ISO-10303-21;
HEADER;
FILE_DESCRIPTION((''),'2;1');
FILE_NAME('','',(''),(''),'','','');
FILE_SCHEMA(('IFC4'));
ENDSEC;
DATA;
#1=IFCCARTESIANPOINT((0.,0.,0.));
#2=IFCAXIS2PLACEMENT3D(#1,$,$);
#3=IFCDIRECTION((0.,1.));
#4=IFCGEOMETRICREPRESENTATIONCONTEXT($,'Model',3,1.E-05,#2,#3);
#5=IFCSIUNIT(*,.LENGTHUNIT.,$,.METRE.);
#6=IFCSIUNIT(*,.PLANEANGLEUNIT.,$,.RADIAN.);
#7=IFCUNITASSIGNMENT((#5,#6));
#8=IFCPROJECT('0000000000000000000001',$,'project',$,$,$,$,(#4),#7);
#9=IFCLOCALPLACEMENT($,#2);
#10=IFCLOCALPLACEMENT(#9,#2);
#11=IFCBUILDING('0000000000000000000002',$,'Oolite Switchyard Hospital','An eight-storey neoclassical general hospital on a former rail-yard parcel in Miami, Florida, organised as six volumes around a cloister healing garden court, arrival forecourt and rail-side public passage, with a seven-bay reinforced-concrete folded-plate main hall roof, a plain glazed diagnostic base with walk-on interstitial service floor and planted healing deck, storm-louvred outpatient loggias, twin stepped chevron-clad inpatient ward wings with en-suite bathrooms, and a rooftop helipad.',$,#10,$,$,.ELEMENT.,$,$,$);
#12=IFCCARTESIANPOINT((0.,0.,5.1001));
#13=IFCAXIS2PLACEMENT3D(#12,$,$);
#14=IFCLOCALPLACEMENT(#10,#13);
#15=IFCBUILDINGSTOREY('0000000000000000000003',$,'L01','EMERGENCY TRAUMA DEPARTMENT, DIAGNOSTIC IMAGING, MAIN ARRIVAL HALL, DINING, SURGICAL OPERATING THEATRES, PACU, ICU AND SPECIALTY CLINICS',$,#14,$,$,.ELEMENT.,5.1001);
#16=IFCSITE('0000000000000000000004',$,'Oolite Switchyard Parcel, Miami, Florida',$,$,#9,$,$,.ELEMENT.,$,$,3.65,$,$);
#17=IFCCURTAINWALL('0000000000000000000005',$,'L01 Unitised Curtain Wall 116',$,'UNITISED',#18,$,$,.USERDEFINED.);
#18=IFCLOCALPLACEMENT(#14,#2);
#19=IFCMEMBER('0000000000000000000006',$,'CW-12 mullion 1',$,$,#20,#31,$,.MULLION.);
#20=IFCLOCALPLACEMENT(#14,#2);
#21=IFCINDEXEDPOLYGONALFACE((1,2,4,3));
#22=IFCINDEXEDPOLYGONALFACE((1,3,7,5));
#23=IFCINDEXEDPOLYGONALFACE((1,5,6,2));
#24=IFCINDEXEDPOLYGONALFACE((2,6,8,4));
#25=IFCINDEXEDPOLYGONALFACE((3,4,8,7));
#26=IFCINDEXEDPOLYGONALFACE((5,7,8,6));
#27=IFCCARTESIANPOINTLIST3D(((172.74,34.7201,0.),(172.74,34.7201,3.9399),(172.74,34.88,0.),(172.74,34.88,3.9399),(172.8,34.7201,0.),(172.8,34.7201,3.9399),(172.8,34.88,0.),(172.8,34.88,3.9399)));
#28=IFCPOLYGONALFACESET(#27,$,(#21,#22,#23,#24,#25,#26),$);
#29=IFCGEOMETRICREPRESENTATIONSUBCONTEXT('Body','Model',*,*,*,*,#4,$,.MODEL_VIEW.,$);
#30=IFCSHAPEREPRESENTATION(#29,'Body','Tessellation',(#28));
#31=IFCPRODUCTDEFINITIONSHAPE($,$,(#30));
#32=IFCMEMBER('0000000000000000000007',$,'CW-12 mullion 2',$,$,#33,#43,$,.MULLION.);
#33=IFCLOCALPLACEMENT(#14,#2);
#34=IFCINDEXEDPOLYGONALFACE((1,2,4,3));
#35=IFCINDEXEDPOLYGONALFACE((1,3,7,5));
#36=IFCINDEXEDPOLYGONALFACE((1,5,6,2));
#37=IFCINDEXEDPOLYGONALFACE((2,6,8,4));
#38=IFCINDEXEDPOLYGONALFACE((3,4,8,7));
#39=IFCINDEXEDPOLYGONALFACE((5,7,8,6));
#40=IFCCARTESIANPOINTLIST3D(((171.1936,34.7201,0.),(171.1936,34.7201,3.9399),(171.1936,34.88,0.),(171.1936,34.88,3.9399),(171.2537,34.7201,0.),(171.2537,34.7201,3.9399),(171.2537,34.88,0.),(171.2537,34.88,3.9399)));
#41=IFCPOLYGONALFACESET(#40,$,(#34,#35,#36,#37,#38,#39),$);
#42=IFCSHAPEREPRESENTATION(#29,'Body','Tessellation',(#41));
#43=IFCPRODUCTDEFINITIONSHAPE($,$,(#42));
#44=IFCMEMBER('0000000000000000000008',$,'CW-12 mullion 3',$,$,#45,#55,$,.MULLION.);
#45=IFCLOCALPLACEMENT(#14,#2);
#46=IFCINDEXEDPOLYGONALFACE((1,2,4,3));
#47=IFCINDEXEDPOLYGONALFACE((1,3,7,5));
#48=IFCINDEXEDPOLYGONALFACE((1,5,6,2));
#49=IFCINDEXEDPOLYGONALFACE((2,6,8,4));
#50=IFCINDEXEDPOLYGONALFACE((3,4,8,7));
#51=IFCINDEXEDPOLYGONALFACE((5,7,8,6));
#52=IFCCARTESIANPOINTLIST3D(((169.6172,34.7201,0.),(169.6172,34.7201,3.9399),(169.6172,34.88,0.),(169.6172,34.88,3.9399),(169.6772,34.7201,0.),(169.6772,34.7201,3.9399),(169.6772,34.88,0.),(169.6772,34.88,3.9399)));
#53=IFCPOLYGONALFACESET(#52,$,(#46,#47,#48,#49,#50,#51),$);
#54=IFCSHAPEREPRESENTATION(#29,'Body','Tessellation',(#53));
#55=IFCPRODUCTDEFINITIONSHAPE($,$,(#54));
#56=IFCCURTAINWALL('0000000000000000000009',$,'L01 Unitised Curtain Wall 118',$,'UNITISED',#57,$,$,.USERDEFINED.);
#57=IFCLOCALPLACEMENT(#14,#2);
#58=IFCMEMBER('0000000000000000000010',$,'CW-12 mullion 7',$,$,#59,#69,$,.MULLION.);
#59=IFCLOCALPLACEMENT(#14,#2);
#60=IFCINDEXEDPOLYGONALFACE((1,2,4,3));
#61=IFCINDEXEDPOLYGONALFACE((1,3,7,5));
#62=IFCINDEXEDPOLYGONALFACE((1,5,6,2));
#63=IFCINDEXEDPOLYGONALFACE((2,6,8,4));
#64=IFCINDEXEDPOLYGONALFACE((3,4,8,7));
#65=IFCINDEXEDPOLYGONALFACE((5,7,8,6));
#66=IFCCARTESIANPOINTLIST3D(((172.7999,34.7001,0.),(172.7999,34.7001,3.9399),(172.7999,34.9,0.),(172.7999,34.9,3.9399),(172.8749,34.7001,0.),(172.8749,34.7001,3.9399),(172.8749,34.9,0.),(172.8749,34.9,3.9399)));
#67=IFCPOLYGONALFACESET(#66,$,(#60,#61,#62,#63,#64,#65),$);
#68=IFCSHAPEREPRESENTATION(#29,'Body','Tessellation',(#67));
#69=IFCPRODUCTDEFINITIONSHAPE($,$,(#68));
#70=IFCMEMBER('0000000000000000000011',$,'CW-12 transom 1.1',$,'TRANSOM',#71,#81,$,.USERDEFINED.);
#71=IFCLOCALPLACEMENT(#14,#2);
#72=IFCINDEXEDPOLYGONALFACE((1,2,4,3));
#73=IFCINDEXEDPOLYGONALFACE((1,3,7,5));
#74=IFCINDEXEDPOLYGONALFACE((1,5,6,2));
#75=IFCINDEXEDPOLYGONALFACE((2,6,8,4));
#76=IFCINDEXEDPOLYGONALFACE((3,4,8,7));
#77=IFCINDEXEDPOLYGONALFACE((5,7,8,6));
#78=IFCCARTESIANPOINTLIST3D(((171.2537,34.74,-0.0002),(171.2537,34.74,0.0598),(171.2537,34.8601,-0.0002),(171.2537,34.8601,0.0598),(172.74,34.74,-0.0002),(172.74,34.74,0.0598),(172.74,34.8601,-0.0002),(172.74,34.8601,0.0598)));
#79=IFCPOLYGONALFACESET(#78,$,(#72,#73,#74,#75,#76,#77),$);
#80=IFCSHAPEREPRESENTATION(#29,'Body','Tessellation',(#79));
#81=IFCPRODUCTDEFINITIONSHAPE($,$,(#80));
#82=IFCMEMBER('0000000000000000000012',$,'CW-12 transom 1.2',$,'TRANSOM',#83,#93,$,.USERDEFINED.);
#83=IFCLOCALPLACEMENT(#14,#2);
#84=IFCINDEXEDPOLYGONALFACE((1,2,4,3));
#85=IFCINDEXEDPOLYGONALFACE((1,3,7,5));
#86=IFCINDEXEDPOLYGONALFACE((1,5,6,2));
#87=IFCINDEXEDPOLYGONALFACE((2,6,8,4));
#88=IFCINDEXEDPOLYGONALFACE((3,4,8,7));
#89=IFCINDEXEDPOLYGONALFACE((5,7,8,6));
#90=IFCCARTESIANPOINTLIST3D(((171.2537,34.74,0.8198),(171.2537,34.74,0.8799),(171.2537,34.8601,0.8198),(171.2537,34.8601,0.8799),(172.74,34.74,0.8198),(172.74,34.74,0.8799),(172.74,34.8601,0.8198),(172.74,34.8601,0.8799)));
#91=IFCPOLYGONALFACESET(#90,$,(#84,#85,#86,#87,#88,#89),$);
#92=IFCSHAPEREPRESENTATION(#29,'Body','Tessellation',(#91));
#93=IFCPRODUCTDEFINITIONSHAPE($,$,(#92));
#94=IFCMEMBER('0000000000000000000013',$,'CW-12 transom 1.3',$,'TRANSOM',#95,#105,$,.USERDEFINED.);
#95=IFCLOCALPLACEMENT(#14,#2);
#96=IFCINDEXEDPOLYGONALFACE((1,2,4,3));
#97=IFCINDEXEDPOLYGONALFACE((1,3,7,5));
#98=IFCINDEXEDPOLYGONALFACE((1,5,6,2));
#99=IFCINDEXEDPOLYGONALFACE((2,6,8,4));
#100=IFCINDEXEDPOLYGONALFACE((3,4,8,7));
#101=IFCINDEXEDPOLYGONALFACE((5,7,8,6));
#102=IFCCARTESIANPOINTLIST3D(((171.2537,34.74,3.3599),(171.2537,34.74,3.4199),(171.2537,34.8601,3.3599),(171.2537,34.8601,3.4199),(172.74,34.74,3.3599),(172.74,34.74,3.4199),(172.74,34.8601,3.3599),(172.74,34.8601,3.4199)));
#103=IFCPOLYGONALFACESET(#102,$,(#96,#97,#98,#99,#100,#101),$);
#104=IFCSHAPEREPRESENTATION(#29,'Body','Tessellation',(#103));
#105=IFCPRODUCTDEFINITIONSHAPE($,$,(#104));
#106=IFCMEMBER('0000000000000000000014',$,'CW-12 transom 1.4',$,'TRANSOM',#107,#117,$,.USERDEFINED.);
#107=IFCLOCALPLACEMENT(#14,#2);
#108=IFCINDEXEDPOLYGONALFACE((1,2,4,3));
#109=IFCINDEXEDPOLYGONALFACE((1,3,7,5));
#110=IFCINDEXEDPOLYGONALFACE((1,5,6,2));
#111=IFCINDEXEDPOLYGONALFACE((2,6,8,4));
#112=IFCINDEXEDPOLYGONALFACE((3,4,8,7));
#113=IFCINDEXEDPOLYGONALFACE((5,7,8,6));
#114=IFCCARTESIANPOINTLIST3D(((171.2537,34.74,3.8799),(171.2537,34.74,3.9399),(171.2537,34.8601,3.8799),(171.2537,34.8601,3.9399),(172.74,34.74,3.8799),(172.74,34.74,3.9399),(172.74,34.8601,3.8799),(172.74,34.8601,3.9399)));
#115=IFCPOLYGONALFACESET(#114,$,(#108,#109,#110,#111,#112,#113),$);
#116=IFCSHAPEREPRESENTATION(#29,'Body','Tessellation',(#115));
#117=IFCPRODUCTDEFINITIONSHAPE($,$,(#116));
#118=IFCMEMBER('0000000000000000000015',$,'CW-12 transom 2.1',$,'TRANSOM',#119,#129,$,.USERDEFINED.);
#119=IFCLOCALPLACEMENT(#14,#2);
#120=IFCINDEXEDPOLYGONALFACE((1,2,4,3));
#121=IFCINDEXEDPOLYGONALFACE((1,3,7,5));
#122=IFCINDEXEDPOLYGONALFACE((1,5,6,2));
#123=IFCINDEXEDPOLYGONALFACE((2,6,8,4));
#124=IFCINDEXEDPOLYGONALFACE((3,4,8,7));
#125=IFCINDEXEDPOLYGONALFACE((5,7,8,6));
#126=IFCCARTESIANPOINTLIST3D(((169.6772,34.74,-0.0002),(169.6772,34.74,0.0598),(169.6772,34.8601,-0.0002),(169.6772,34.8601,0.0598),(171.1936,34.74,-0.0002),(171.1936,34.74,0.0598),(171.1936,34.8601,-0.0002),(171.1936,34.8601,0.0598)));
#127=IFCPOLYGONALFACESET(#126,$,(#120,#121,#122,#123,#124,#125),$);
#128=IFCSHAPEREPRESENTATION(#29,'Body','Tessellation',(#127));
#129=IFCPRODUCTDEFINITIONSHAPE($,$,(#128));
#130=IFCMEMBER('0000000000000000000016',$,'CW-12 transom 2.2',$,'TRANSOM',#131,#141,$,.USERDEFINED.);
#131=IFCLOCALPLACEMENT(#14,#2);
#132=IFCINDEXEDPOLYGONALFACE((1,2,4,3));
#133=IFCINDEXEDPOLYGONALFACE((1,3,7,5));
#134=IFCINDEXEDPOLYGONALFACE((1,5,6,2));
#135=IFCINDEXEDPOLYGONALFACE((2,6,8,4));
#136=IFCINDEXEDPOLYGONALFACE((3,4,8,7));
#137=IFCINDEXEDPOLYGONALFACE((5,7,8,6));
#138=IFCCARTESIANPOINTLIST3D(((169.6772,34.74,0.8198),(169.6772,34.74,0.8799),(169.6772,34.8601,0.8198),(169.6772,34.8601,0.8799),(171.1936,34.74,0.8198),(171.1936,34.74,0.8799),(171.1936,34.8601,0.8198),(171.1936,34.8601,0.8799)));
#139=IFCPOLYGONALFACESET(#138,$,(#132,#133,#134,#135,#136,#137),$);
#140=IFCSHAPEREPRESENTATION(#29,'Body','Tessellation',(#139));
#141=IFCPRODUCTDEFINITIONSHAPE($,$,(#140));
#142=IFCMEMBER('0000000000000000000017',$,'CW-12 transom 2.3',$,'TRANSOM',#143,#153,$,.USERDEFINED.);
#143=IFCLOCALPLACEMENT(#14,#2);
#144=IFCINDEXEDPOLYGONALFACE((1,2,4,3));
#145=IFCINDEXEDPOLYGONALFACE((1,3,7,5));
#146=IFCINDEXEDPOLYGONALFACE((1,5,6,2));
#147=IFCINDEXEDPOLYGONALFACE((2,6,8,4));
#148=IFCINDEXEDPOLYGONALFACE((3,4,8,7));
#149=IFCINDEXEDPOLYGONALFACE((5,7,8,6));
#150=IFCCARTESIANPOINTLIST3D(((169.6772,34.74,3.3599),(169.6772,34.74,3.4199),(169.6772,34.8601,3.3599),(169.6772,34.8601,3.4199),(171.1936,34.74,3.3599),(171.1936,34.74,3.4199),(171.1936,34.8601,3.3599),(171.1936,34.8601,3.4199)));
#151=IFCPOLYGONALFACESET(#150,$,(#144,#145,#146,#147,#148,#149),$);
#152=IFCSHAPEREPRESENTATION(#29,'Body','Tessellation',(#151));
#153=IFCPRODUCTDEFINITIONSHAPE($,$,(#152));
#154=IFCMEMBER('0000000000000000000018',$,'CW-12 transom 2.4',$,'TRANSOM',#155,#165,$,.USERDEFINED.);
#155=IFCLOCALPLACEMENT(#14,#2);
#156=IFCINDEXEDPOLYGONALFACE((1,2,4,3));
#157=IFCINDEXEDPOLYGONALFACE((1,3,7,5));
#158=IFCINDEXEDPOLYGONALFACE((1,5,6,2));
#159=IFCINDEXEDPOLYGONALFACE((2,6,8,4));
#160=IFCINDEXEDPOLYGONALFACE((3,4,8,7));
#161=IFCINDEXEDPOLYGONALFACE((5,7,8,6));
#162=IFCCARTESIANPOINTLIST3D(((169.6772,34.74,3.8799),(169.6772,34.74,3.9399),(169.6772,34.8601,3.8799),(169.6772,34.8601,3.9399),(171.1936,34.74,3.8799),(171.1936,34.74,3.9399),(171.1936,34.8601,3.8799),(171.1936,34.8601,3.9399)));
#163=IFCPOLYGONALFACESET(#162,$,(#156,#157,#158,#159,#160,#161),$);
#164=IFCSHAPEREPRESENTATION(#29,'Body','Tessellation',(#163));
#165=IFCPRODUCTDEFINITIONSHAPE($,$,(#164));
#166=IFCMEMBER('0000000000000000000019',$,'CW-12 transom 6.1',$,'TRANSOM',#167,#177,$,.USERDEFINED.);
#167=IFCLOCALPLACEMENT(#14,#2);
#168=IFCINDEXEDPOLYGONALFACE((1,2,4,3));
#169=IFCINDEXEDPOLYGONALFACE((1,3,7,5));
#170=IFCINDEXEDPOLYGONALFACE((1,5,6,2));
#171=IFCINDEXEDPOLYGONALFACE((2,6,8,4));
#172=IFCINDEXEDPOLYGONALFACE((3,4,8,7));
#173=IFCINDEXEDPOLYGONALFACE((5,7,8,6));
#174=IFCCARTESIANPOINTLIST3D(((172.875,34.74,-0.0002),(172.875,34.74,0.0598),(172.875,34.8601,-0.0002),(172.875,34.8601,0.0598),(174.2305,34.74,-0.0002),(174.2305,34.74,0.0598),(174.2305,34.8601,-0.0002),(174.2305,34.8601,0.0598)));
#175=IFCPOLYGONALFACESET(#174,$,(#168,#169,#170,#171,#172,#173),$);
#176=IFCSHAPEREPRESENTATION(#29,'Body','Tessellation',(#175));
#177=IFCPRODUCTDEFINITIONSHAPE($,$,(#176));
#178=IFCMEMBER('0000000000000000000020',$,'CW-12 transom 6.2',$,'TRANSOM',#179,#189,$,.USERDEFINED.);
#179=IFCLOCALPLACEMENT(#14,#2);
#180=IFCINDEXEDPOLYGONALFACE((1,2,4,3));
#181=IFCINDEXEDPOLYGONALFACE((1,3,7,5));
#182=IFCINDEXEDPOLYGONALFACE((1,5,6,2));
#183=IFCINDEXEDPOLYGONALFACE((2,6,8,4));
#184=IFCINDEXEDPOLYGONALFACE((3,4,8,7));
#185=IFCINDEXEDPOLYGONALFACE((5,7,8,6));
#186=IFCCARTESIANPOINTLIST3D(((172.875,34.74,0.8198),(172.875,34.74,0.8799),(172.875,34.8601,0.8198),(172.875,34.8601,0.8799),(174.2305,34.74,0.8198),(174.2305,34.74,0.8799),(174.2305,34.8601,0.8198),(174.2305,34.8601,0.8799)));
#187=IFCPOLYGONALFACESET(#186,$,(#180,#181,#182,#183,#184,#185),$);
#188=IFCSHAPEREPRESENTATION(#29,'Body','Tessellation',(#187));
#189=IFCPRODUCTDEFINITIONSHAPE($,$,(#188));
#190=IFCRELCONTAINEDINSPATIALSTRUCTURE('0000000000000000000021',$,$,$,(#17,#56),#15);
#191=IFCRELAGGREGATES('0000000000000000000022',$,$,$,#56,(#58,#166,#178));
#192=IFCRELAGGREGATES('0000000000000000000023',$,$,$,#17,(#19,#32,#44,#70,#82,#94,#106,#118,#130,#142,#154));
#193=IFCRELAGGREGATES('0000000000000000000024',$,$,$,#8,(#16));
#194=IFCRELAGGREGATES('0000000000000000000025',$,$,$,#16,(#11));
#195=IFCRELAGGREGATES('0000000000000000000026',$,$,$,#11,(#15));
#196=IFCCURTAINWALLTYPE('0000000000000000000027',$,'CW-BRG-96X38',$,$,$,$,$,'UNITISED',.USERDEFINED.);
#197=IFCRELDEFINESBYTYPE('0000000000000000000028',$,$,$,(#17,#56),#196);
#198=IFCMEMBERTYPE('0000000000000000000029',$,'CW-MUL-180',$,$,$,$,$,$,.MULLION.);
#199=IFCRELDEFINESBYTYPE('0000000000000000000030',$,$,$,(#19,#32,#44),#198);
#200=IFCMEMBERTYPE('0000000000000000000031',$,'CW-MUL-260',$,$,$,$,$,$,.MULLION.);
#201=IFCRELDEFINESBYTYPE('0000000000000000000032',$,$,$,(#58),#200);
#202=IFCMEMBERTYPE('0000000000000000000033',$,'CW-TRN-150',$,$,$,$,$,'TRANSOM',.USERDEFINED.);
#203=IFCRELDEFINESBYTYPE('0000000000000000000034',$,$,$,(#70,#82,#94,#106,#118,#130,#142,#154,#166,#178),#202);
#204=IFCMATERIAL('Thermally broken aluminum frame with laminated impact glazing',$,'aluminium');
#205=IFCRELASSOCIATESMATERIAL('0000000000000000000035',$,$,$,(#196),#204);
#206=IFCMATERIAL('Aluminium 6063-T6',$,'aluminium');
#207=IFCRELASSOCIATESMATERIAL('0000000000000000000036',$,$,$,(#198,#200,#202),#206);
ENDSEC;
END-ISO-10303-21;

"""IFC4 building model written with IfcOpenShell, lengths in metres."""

from ifc_helpers import new_model, si_unit, direction, frame, origin, origin_2d, place, context, subcontext, project, spatial, rectangle, extrude, material, material_profile, profile_set, type_object, element, aggregate, save


model = new_model("IFC4")

# Units and contexts
model_context = context("Model", 3, precision=1e-05, world=origin(), true_north=direction((0.0, 1.0)))
body_context = subcontext(model_context, "Body", "Model", "MODEL_VIEW")
ifc_project = project(units=[si_unit("LENGTHUNIT", "METRE"), si_unit("PLANEANGLEUNIT", "RADIAN")], contexts=[model_context])

# Site, building, storey
site_placement = place(None, origin())
site = spatial("IfcSite", under=ifc_project, at=site_placement, Name="Oolite Switchyard Parcel, Miami, Florida", CompositionType="ELEMENT", RefElevation=3.65)
building_placement = place(site_placement, origin())
building = spatial("IfcBuilding", under=site, at=building_placement, Name="Oolite Switchyard Hospital", Description="An eight-storey neoclassical general hospital on a former rail-yard parcel in Miami, Florida, organised as six volumes around a cloister healing garden court, arrival forecourt and rail-side public passage, with a seven-bay reinforced-concrete folded-plate main hall roof, a plain glazed diagnostic base with walk-on interstitial service floor and planted healing deck, storm-louvred outpatient loggias, twin stepped chevron-clad inpatient ward wings with en-suite bathrooms, and a rooftop helipad.", CompositionType="ELEMENT")
storey_placement = place(building_placement, frame((0.0, 0.0, 5.1001)))
storey = spatial("IfcBuildingStorey", under=building, at=storey_placement, Name="L01", Description="EMERGENCY TRAUMA DEPARTMENT, DIAGNOSTIC IMAGING, MAIN ARRIVAL HALL, DINING, SURGICAL OPERATING THEATRES, PACU, ICU AND SPECIALTY CLINICS", CompositionType="ELEMENT", Elevation=5.1001)

# Curtain wall, members
ifc_material_1 = material(Name="Thermally broken aluminum frame with laminated impact glazing", Category="aluminium")
curtain_wall_type = type_object("IfcCurtainWallType", Name="CW-BRG-96X38", ElementType="UNITISED", PredefinedType="USERDEFINED", material=ifc_material_1)
curtain_wall_1_placement = place(storey_placement, origin())
curtain_wall_1 = element("IfcCurtainWall", 1, at=curtain_wall_1_placement, inside=storey, type_object=curtain_wall_type, Name="L01 Unitised Curtain Wall 116", ObjectType="UNITISED", PredefinedType="USERDEFINED")
ifc_material_2 = material(Name="Aluminium 6063-T6", Category="aluminium")
ifc_material_profile_1 = material_profile(ifc_material_2, rectangle(XDim=0.1599, YDim=0.0601, at=origin_2d()), Name="CWM60X160")
ifc_profile_set_1 = profile_set([ifc_material_profile_1], Name="Aluminium 6063-T6")
member_type_1 = type_object("IfcMemberType", Name="CW-MUL-180", PredefinedType="MULLION", material=ifc_profile_set_1)
member_1_placement = place(storey_placement, frame((172.77, 34.8, 0.0), z_axis=(0.0, 0.0, 1.0), x_axis=(0.0, -1.0, 0.0)))
member_1 = element("IfcMember", 2, at=member_1_placement, type_object=member_type_1, Name="CW-12 mullion 1", PredefinedType="MULLION", context=body_context, shape_type="SweptSolid", body=[
    extrude(rectangle(XDim=0.1599, YDim=0.0601, at=origin_2d()), origin(), (0.0, 0.0, 1.0), 3.9399),
])
member_2_placement = place(storey_placement, frame((171.2236, 34.8, 0.0), z_axis=(0.0, 0.0, 1.0), x_axis=(0.0, -1.0, 0.0)))
member_2 = element("IfcMember", 3, at=member_2_placement, type_object=member_type_1, Name="CW-12 mullion 2", PredefinedType="MULLION", context=body_context, shape_type="SweptSolid", body=[
    extrude(rectangle(XDim=0.1599, YDim=0.0601, at=origin_2d()), origin(), (0.0, 0.0, 1.0), 3.9399),
])
member_3_placement = place(storey_placement, frame((169.6472, 34.8, 0.0), z_axis=(0.0, 0.0, 1.0), x_axis=(0.0, -1.0, 0.0)))
member_3 = element("IfcMember", 4, at=member_3_placement, type_object=member_type_1, Name="CW-12 mullion 3", PredefinedType="MULLION", context=body_context, shape_type="SweptSolid", body=[
    extrude(rectangle(XDim=0.1599, YDim=0.0601, at=origin_2d()), origin(), (0.0, 0.0, 1.0), 3.9399),
])

# Curtain wall, member
curtain_wall_2_placement = place(storey_placement, origin())
curtain_wall_2 = element("IfcCurtainWall", 5, at=curtain_wall_2_placement, inside=storey, type_object=curtain_wall_type, Name="L01 Unitised Curtain Wall 118", ObjectType="UNITISED", PredefinedType="USERDEFINED")
ifc_material_profile_2 = material_profile(ifc_material_2, rectangle(XDim=0.2, YDim=0.075, at=origin_2d()), Name="CWM75X200")
ifc_profile_set_2 = profile_set([ifc_material_profile_2], Name="Aluminium 6063-T6")
member_type_2 = type_object("IfcMemberType", Name="CW-MUL-260", PredefinedType="MULLION", material=ifc_profile_set_2)
member_4_placement = place(storey_placement, frame((172.8374, 34.8, 0.0), z_axis=(0.0, 0.0, 1.0), x_axis=(0.0, -1.0, 0.0)))
member_4 = element("IfcMember", 6, at=member_4_placement, type_object=member_type_2, Name="CW-12 mullion 7", PredefinedType="MULLION", context=body_context, shape_type="SweptSolid", body=[
    extrude(rectangle(XDim=0.2, YDim=0.075, at=origin_2d()), origin(), (0.0, 0.0, 1.0), 3.9399),
])

# Members
ifc_material_profile_3 = material_profile(ifc_material_2, rectangle(XDim=0.1201, YDim=0.0601, at=origin_2d()), Name="CWT60X120")
ifc_profile_set_3 = profile_set([ifc_material_profile_3], Name="Aluminium 6063-T6")
member_type_3 = type_object("IfcMemberType", Name="CW-TRN-150", ElementType="TRANSOM", PredefinedType="USERDEFINED", material=ifc_profile_set_3)
member_5_placement = place(storey_placement, frame((172.74, 34.8, 0.0298), z_axis=(-1.0, 0.0, 0.0), x_axis=(0.0, -1.0, 0.0)))
member_5 = element("IfcMember", 7, at=member_5_placement, type_object=member_type_3, Name="CW-12 transom 1.1", ObjectType="TRANSOM", PredefinedType="USERDEFINED", context=body_context, shape_type="SweptSolid", body=[
    extrude(rectangle(XDim=0.1201, YDim=0.0601, at=origin_2d()), origin(), (0.0, 0.0, 1.0), 1.4863),
])
member_6_placement = place(storey_placement, frame((172.74, 34.8, 0.8499), z_axis=(-1.0, 0.0, 0.0), x_axis=(0.0, -1.0, 0.0)))
member_6 = element("IfcMember", 8, at=member_6_placement, type_object=member_type_3, Name="CW-12 transom 1.2", ObjectType="TRANSOM", PredefinedType="USERDEFINED", context=body_context, shape_type="SweptSolid", body=[
    extrude(rectangle(XDim=0.1201, YDim=0.0601, at=origin_2d()), origin(), (0.0, 0.0, 1.0), 1.4863),
])
member_7_placement = place(storey_placement, frame((172.74, 34.8, 3.3899), z_axis=(-1.0, 0.0, 0.0), x_axis=(0.0, -1.0, 0.0)))
member_7 = element("IfcMember", 9, at=member_7_placement, type_object=member_type_3, Name="CW-12 transom 1.3", ObjectType="TRANSOM", PredefinedType="USERDEFINED", context=body_context, shape_type="SweptSolid", body=[
    extrude(rectangle(XDim=0.1201, YDim=0.0601, at=origin_2d()), origin(), (0.0, 0.0, 1.0), 1.4863),
])
member_8_placement = place(storey_placement, frame((172.74, 34.8, 3.9099), z_axis=(-1.0, 0.0, 0.0), x_axis=(0.0, -1.0, 0.0)))
member_8 = element("IfcMember", 10, at=member_8_placement, type_object=member_type_3, Name="CW-12 transom 1.4", ObjectType="TRANSOM", PredefinedType="USERDEFINED", context=body_context, shape_type="SweptSolid", body=[
    extrude(rectangle(XDim=0.1201, YDim=0.0601, at=origin_2d()), origin(), (0.0, 0.0, 1.0), 1.4863),
])
member_9_placement = place(storey_placement, frame((171.1936, 34.8, 0.0298), z_axis=(-1.0, 0.0, 0.0), x_axis=(0.0, -1.0, 0.0)))
member_9 = element("IfcMember", 11, at=member_9_placement, type_object=member_type_3, Name="CW-12 transom 2.1", ObjectType="TRANSOM", PredefinedType="USERDEFINED", context=body_context, shape_type="SweptSolid", body=[
    extrude(rectangle(XDim=0.1201, YDim=0.0601, at=origin_2d()), origin(), (0.0, 0.0, 1.0), 1.5164),
])
member_10_placement = place(storey_placement, frame((171.1936, 34.8, 0.8499), z_axis=(-1.0, 0.0, 0.0), x_axis=(0.0, -1.0, 0.0)))
member_10 = element("IfcMember", 12, at=member_10_placement, type_object=member_type_3, Name="CW-12 transom 2.2", ObjectType="TRANSOM", PredefinedType="USERDEFINED", context=body_context, shape_type="SweptSolid", body=[
    extrude(rectangle(XDim=0.1201, YDim=0.0601, at=origin_2d()), origin(), (0.0, 0.0, 1.0), 1.5164),
])
member_11_placement = place(storey_placement, frame((171.1936, 34.8, 3.3899), z_axis=(-1.0, 0.0, 0.0), x_axis=(0.0, -1.0, 0.0)))
member_11 = element("IfcMember", 13, at=member_11_placement, type_object=member_type_3, Name="CW-12 transom 2.3", ObjectType="TRANSOM", PredefinedType="USERDEFINED", context=body_context, shape_type="SweptSolid", body=[
    extrude(rectangle(XDim=0.1201, YDim=0.0601, at=origin_2d()), origin(), (0.0, 0.0, 1.0), 1.5164),
])
member_12_placement = place(storey_placement, frame((171.1936, 34.8, 3.9099), z_axis=(-1.0, 0.0, 0.0), x_axis=(0.0, -1.0, 0.0)))
member_12 = element("IfcMember", 14, at=member_12_placement, type_object=member_type_3, Name="CW-12 transom 2.4", ObjectType="TRANSOM", PredefinedType="USERDEFINED", context=body_context, shape_type="SweptSolid", body=[
    extrude(rectangle(XDim=0.1201, YDim=0.0601, at=origin_2d()), origin(), (0.0, 0.0, 1.0), 1.5164),
])
member_13_placement = place(storey_placement, frame((174.2305, 34.8, 0.0298), z_axis=(-1.0, 0.0, 0.0), x_axis=(0.0, -1.0, 0.0)))
member_13 = element("IfcMember", 15, at=member_13_placement, type_object=member_type_3, Name="CW-12 transom 6.1", ObjectType="TRANSOM", PredefinedType="USERDEFINED", context=body_context, shape_type="SweptSolid", body=[
    extrude(rectangle(XDim=0.1201, YDim=0.0601, at=origin_2d()), origin(), (0.0, 0.0, 1.0), 1.3555),
])
member_14_placement = place(storey_placement, frame((174.2305, 34.8, 0.8499), z_axis=(-1.0, 0.0, 0.0), x_axis=(0.0, -1.0, 0.0)))
member_14 = element("IfcMember", 16, at=member_14_placement, type_object=member_type_3, Name="CW-12 transom 6.2", ObjectType="TRANSOM", PredefinedType="USERDEFINED", context=body_context, shape_type="SweptSolid", body=[
    extrude(rectangle(XDim=0.1201, YDim=0.0601, at=origin_2d()), origin(), (0.0, 0.0, 1.0), 1.3555),
])

aggregate(curtain_wall_2, [member_4, member_13, member_14])
aggregate(curtain_wall_1, [member_1, member_2, member_3, member_5, member_6, member_7, member_8, member_9, member_10, member_11, member_12])

save(model, "model.ifc")
